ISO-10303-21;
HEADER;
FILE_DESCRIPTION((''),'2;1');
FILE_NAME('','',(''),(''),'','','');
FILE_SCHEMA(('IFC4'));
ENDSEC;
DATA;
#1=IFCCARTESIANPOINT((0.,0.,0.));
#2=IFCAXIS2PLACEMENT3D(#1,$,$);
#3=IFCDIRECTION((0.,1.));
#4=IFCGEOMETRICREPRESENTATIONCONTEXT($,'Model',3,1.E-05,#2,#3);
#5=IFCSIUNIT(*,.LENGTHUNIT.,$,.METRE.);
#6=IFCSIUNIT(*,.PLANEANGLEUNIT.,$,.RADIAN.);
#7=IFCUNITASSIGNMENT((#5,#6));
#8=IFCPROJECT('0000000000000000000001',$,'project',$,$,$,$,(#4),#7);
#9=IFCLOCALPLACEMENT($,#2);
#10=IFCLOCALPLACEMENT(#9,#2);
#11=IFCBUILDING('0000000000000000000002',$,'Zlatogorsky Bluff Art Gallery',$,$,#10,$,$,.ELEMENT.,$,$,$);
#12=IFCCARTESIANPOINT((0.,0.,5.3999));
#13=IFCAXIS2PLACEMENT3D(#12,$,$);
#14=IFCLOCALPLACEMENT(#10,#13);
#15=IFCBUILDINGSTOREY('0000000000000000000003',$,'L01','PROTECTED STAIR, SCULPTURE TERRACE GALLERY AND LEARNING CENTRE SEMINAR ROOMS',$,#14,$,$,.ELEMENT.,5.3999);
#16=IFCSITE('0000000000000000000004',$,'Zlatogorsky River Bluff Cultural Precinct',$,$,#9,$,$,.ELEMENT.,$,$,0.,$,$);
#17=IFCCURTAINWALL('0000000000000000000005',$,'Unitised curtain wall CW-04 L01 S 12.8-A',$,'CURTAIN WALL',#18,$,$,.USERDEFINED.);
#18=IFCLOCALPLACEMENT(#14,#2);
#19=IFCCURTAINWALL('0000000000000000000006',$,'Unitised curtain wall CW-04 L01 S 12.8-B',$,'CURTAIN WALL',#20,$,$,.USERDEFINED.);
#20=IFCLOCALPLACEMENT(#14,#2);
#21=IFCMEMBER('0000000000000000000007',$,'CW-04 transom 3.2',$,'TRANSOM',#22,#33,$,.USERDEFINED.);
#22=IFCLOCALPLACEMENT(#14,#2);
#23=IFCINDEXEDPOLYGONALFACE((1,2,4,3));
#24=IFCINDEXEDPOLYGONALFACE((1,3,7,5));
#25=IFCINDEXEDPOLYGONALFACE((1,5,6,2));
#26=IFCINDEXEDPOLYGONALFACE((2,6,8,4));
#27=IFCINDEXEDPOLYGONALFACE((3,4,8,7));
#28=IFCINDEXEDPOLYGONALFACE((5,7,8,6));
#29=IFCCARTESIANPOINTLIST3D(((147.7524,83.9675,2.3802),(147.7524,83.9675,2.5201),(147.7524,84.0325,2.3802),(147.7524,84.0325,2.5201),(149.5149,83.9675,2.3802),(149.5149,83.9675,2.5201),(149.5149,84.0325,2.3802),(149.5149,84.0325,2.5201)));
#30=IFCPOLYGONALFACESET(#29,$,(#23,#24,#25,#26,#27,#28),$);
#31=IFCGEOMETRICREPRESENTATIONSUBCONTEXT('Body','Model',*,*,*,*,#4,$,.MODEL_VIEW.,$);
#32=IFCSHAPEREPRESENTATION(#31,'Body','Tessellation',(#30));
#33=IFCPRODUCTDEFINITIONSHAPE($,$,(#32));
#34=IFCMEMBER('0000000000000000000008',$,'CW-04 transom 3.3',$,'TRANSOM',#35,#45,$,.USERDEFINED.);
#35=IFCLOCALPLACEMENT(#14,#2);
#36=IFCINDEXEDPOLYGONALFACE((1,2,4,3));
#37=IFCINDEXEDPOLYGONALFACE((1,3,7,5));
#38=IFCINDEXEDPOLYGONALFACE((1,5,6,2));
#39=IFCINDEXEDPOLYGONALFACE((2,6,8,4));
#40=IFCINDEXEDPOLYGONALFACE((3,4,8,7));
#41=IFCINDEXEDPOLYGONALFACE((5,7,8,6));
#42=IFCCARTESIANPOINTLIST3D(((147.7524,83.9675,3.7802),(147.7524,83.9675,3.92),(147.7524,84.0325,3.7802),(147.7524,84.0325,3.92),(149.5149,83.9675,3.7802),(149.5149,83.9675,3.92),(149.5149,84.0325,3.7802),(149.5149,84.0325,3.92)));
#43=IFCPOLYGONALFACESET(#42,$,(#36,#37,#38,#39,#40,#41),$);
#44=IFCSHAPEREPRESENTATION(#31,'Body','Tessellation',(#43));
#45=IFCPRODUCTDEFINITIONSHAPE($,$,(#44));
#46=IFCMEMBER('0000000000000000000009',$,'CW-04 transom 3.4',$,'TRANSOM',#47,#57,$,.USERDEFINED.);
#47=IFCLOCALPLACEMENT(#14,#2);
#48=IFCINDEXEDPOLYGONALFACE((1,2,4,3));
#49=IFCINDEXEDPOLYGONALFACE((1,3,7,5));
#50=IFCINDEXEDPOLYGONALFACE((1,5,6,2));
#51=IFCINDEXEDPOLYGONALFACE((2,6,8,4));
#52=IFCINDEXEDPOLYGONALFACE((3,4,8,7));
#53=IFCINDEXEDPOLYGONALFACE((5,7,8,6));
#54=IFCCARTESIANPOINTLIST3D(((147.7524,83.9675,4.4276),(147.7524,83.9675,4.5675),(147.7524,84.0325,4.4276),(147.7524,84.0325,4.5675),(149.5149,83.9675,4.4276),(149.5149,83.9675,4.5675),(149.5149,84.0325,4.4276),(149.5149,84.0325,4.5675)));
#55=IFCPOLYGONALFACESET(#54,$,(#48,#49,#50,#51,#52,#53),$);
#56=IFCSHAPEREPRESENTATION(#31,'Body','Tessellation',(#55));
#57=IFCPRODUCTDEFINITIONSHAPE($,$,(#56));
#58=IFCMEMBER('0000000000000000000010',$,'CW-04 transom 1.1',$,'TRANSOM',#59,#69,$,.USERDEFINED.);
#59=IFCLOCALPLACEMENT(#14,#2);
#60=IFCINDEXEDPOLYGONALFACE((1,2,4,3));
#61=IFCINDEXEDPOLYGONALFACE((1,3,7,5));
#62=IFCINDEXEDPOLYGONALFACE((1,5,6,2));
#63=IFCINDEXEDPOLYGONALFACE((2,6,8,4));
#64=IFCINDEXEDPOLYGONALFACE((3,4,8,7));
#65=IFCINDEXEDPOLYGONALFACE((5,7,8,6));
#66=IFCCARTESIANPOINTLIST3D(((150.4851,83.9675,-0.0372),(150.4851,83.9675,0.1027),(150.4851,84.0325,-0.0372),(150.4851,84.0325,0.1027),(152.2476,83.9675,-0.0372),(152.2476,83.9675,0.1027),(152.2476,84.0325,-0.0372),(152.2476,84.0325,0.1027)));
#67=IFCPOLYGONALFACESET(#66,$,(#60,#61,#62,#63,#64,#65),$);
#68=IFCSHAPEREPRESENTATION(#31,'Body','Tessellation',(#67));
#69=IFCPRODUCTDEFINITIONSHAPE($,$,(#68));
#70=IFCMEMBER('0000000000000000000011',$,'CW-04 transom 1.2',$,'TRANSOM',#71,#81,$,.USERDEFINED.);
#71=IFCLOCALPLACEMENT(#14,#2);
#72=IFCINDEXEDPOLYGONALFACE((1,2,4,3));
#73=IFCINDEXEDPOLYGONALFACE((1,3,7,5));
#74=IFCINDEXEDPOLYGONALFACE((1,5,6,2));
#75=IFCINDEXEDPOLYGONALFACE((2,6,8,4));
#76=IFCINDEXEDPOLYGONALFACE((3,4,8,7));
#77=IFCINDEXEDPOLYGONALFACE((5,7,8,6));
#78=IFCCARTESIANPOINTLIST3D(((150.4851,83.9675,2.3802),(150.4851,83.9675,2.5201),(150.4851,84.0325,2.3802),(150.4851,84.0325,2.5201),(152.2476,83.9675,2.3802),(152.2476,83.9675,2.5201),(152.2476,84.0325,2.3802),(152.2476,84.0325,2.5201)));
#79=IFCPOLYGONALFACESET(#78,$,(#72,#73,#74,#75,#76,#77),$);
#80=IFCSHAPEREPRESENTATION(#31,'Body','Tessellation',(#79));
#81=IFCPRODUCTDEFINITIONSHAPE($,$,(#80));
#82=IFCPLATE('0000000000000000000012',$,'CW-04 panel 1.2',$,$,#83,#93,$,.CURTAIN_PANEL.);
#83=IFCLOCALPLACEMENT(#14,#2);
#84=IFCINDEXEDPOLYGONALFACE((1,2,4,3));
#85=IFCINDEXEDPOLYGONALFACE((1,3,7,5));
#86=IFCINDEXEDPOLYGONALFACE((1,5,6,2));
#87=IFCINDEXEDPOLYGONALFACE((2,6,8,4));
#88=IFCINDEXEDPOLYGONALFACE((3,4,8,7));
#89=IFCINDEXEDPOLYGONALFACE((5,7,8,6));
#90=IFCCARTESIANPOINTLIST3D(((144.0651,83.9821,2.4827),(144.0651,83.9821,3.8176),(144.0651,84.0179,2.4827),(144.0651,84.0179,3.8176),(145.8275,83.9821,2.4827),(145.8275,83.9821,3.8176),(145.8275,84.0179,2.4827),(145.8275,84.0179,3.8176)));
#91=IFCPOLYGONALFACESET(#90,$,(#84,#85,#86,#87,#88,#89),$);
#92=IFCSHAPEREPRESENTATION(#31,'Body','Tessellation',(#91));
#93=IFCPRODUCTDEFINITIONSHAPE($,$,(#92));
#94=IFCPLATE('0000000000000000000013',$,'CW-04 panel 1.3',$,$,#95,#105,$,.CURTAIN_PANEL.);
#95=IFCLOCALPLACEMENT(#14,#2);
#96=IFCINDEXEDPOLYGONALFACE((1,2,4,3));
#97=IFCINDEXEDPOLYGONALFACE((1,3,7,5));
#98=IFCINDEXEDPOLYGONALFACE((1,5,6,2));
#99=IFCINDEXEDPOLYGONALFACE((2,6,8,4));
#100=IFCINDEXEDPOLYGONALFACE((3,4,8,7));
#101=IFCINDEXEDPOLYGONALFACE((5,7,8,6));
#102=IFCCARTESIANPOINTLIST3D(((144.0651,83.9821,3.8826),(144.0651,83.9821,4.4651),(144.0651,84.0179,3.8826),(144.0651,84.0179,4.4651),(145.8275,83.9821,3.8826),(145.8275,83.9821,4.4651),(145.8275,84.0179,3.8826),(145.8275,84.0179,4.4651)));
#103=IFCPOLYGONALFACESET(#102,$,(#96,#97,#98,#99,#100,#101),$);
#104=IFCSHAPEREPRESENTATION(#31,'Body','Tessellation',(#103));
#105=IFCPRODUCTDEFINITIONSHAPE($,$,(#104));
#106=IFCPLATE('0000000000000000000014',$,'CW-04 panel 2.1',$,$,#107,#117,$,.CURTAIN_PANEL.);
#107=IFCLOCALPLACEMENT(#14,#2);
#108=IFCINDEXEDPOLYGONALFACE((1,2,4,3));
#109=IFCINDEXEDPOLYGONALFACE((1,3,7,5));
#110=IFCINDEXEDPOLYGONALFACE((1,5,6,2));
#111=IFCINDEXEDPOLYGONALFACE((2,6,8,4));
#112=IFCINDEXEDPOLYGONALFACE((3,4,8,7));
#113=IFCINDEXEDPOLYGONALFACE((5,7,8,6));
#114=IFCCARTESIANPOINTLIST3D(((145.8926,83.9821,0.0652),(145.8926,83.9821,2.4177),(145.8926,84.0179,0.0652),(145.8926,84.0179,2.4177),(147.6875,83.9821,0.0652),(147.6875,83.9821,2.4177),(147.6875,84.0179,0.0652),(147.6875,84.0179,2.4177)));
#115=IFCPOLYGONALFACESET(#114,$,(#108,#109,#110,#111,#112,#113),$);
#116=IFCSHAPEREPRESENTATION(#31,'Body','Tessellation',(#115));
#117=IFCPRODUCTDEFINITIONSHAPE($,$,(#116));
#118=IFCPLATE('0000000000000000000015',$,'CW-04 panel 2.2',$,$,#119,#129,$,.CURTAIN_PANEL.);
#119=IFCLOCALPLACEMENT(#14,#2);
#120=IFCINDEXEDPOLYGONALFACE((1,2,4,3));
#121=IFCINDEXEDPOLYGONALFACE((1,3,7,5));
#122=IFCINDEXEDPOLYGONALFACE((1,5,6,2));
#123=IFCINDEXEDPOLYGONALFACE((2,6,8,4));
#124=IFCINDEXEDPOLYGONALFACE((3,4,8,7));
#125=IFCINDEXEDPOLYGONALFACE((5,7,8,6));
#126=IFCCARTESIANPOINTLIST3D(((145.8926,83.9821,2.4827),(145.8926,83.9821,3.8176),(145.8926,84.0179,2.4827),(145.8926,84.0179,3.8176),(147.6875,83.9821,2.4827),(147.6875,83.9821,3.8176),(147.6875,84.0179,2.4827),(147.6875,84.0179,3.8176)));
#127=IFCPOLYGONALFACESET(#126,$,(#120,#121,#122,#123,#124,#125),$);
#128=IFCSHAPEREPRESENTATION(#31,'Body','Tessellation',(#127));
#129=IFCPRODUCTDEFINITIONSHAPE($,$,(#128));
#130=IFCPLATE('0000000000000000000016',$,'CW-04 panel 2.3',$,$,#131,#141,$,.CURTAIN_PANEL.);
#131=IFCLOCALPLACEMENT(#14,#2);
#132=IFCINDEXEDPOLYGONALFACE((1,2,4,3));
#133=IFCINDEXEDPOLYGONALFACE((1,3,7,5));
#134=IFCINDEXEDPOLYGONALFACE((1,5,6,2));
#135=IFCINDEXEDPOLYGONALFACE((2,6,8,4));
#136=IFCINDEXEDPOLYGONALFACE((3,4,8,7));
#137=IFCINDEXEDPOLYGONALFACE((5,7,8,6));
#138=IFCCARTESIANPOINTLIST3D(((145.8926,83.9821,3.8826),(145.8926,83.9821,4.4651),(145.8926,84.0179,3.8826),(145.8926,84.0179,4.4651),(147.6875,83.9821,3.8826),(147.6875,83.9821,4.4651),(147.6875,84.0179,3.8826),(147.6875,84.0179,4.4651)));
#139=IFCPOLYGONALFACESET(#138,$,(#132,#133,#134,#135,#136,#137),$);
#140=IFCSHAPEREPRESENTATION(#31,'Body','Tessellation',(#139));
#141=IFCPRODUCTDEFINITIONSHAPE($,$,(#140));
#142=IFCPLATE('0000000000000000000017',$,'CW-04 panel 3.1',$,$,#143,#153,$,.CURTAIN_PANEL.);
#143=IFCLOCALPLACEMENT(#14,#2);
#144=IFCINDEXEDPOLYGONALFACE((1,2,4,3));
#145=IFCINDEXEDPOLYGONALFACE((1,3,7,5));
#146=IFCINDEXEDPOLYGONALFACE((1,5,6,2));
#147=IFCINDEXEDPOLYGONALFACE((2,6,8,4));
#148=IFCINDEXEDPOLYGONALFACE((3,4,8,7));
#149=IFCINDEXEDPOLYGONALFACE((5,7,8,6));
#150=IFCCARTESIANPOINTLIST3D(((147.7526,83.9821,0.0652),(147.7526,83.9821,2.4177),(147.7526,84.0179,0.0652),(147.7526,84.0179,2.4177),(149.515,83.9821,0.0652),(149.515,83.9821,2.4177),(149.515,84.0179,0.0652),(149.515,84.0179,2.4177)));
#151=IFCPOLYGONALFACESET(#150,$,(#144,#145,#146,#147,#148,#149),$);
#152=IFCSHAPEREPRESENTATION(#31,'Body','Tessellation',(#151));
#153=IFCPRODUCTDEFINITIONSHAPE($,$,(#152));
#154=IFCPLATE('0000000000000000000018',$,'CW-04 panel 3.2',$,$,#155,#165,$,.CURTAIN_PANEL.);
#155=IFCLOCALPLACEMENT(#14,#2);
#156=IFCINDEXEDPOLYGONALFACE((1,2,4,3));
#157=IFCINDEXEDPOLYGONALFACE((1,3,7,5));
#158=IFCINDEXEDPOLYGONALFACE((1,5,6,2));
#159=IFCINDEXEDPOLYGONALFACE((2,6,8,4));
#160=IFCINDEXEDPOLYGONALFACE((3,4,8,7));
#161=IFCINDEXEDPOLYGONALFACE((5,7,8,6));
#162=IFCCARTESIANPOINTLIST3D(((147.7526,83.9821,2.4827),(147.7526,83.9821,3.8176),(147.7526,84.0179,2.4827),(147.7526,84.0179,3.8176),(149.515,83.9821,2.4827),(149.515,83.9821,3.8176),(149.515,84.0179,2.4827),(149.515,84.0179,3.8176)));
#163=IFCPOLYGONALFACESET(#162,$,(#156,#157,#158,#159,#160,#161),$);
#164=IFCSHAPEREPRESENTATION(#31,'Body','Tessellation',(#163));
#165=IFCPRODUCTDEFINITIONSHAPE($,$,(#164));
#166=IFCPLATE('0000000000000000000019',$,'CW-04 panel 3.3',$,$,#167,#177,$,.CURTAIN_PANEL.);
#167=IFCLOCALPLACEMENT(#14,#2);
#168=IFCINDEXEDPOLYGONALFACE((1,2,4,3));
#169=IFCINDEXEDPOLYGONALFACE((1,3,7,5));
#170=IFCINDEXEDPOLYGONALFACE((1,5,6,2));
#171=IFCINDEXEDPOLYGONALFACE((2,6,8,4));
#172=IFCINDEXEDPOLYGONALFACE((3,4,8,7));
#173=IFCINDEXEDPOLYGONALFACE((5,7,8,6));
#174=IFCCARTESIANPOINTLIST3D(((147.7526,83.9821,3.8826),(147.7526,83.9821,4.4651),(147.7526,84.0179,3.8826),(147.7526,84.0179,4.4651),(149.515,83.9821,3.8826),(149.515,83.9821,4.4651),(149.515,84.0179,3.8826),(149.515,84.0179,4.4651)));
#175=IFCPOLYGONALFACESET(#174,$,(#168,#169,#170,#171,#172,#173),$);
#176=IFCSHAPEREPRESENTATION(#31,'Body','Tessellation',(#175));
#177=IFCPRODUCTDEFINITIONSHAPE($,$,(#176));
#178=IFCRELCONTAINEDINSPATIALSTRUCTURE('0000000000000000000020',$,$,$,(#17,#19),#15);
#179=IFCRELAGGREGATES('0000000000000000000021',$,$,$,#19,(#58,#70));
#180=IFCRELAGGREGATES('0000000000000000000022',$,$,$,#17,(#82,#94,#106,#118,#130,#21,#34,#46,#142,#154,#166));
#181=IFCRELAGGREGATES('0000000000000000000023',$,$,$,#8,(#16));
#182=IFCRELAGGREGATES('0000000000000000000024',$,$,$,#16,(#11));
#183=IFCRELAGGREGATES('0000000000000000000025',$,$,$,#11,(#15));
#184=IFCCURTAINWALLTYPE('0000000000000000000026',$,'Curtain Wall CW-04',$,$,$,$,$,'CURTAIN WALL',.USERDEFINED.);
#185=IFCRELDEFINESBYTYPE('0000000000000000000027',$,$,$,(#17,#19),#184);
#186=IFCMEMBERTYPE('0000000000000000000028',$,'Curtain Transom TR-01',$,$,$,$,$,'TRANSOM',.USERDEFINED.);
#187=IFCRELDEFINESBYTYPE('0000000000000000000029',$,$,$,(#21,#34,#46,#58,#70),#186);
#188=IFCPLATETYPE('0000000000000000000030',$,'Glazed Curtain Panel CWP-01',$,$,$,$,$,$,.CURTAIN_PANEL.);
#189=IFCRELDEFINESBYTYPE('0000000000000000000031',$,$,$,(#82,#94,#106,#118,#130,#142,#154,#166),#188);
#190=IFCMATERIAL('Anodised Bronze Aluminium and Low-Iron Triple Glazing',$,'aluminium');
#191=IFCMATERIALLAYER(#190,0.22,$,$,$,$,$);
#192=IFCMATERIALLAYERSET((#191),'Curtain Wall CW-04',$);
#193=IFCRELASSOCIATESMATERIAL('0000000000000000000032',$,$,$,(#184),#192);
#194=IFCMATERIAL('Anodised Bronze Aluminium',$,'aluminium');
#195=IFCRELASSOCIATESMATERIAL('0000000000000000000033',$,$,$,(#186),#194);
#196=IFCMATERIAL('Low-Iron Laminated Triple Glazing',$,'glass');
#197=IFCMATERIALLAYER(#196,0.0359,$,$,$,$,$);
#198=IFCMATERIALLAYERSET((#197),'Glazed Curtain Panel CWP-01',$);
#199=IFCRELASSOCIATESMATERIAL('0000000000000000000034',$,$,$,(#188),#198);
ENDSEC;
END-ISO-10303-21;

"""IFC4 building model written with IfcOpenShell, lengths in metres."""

from ifc_helpers import new_model, si_unit, direction, frame, origin, origin_2d, place, context, subcontext, project, spatial, rectangle, extrude, material, layer, layer_set, material_profile, profile_set, type_object, element, aggregate, save


model = new_model("IFC4")

# Units and contexts
model_context = context("Model", 3, precision=1e-05, world=origin(), true_north=direction((0.0, 1.0)))
body_context = subcontext(model_context, "Body", "Model", "MODEL_VIEW")
ifc_project = project(units=[si_unit("LENGTHUNIT", "METRE"), si_unit("PLANEANGLEUNIT", "RADIAN")], contexts=[model_context])

# Site, building, storey
site_placement = place(None, origin())
site = spatial("IfcSite", under=ifc_project, at=site_placement, Name="Zlatogorsky River Bluff Cultural Precinct", CompositionType="ELEMENT", RefElevation=0.0)
building_placement = place(site_placement, origin())
building = spatial("IfcBuilding", under=site, at=building_placement, Name="Zlatogorsky Bluff Art Gallery", CompositionType="ELEMENT")
storey_placement = place(building_placement, frame((0.0, 0.0, 5.3999)))
storey = spatial("IfcBuildingStorey", under=building, at=storey_placement, Name="L01", Description="PROTECTED STAIR, SCULPTURE TERRACE GALLERY AND LEARNING CENTRE SEMINAR ROOMS", CompositionType="ELEMENT", Elevation=5.3999)

# Curtain wall
ifc_material_1 = material(Name="Anodised Bronze Aluminium and Low-Iron Triple Glazing", Category="aluminium")
ifc_layer_1 = layer(ifc_material_1, 0.22)
ifc_layer_set_1 = layer_set([ifc_layer_1], Name="Curtain Wall CW-04")
curtain_wall_type = type_object("IfcCurtainWallType", Name="Curtain Wall CW-04", ElementType="CURTAIN WALL", PredefinedType="USERDEFINED", material=ifc_layer_set_1)
curtain_wall_1_placement = place(storey_placement, origin())
curtain_wall_1 = element("IfcCurtainWall", 1, at=curtain_wall_1_placement, inside=storey, type_object=curtain_wall_type, Name="Unitised curtain wall CW-04 L01 S 12.8-A", ObjectType="CURTAIN WALL", PredefinedType="USERDEFINED")
ifc_material_2 = material(Name="Anodised Bronze Aluminium", Category="aluminium")

# Curtain wall
curtain_wall_2_placement = place(storey_placement, origin())
curtain_wall_2 = element("IfcCurtainWall", 2, at=curtain_wall_2_placement, inside=storey, type_object=curtain_wall_type, Name="Unitised curtain wall CW-04 L01 S 12.8-B", ObjectType="CURTAIN WALL", PredefinedType="USERDEFINED")

# Members
ifc_material_profile_1 = material_profile(ifc_material_2, rectangle(XDim=0.0649, YDim=0.1399, at=origin_2d()), Name="ALU TRANSOM 65x140")
ifc_profile_set_1 = profile_set([ifc_material_profile_1], Name="Anodised Bronze Aluminium")
member_type_1 = type_object("IfcMemberType", Name="Curtain Transom TR-01", ElementType="TRANSOM", PredefinedType="USERDEFINED", material=ifc_profile_set_1)
member_1_placement = place(storey_placement, frame((147.7524, 84.0, 2.4502), z_axis=(1.0, 0.0, 0.0), x_axis=(0.0, 1.0, 0.0)))
member_1 = element("IfcMember", 3, at=member_1_placement, type_object=member_type_1, Name="CW-04 transom 3.2", ObjectType="TRANSOM", PredefinedType="USERDEFINED", context=body_context, shape_type="SweptSolid", body=[
    extrude(rectangle(XDim=0.0649, YDim=0.1399, at=origin_2d()), origin(), (0.0, 0.0, 1.0), 1.7625),
])
member_2_placement = place(storey_placement, frame((147.7524, 84.0, 3.8501), z_axis=(1.0, 0.0, 0.0), x_axis=(0.0, 1.0, 0.0)))
member_2 = element("IfcMember", 4, at=member_2_placement, type_object=member_type_1, Name="CW-04 transom 3.3", ObjectType="TRANSOM", PredefinedType="USERDEFINED", context=body_context, shape_type="SweptSolid", body=[
    extrude(rectangle(XDim=0.0649, YDim=0.1399, at=origin_2d()), origin(), (0.0, 0.0, 1.0), 1.7625),
])
member_3_placement = place(storey_placement, frame((147.7524, 84.0, 4.4976), z_axis=(1.0, 0.0, 0.0), x_axis=(0.0, 1.0, 0.0)))
member_3 = element("IfcMember", 5, at=member_3_placement, type_object=member_type_1, Name="CW-04 transom 3.4", ObjectType="TRANSOM", PredefinedType="USERDEFINED", context=body_context, shape_type="SweptSolid", body=[
    extrude(rectangle(XDim=0.0649, YDim=0.1399, at=origin_2d()), origin(), (0.0, 0.0, 1.0), 1.7625),
])
member_4_placement = place(storey_placement, frame((150.4851, 84.0, 0.0327), z_axis=(1.0, 0.0, 0.0), x_axis=(0.0, 1.0, 0.0)))
member_4 = element("IfcMember", 6, at=member_4_placement, type_object=member_type_1, Name="CW-04 transom 1.1", ObjectType="TRANSOM", PredefinedType="USERDEFINED", context=body_context, shape_type="SweptSolid", body=[
    extrude(rectangle(XDim=0.0649, YDim=0.1399, at=origin_2d()), origin(), (0.0, 0.0, 1.0), 1.7625),
])
member_5_placement = place(storey_placement, frame((150.4851, 84.0, 2.4502), z_axis=(1.0, 0.0, 0.0), x_axis=(0.0, 1.0, 0.0)))
member_5 = element("IfcMember", 7, at=member_5_placement, type_object=member_type_1, Name="CW-04 transom 1.2", ObjectType="TRANSOM", PredefinedType="USERDEFINED", context=body_context, shape_type="SweptSolid", body=[
    extrude(rectangle(XDim=0.0649, YDim=0.1399, at=origin_2d()), origin(), (0.0, 0.0, 1.0), 1.7625),
])
aggregate(curtain_wall_2, [member_4, member_5])

# Plates
ifc_material_3 = material(Name="Low-Iron Laminated Triple Glazing", Category="glass")
ifc_layer_2 = layer(ifc_material_3, 0.0359)
ifc_layer_set_2 = layer_set([ifc_layer_2], Name="Glazed Curtain Panel CWP-01")
plate_type = type_object("IfcPlateType", Name="Glazed Curtain Panel CWP-01", PredefinedType="CURTAIN_PANEL", material=ifc_layer_set_2)
plate_1_placement = place(storey_placement, frame((144.9463, 84.0, 2.4827), z_axis=(0.0, 0.0, 1.0), x_axis=(1.0, 0.0, 0.0)))
plate_1 = element("IfcPlate", 8, at=plate_1_placement, type_object=plate_type, Name="CW-04 panel 1.2", PredefinedType="CURTAIN_PANEL", context=body_context, shape_type="SweptSolid", body=[
    extrude(rectangle(XDim=1.7625, YDim=0.0359, at=origin_2d()), origin(), (0.0, 0.0, 1.0), 1.335),
])
plate_2_placement = place(storey_placement, frame((144.9463, 84.0, 3.8826), z_axis=(0.0, 0.0, 1.0), x_axis=(1.0, 0.0, 0.0)))
plate_2 = element("IfcPlate", 9, at=plate_2_placement, type_object=plate_type, Name="CW-04 panel 1.3", PredefinedType="CURTAIN_PANEL", context=body_context, shape_type="SweptSolid", body=[
    extrude(rectangle(XDim=1.7625, YDim=0.0359, at=origin_2d()), origin(), (0.0, 0.0, 1.0), 0.5825),
])
plate_3_placement = place(storey_placement, frame((146.79, 84.0, 0.0652), z_axis=(0.0, 0.0, 1.0), x_axis=(1.0, 0.0, 0.0)))
plate_3 = element("IfcPlate", 10, at=plate_3_placement, type_object=plate_type, Name="CW-04 panel 2.1", PredefinedType="CURTAIN_PANEL", context=body_context, shape_type="SweptSolid", body=[
    extrude(rectangle(XDim=1.7949, YDim=0.0359, at=origin_2d()), origin(), (0.0, 0.0, 1.0), 2.3525),
])
plate_4_placement = place(storey_placement, frame((146.79, 84.0, 2.4827), z_axis=(0.0, 0.0, 1.0), x_axis=(1.0, 0.0, 0.0)))
plate_4 = element("IfcPlate", 11, at=plate_4_placement, type_object=plate_type, Name="CW-04 panel 2.2", PredefinedType="CURTAIN_PANEL", context=body_context, shape_type="SweptSolid", body=[
    extrude(rectangle(XDim=1.7949, YDim=0.0359, at=origin_2d()), origin(), (0.0, 0.0, 1.0), 1.335),
])
plate_5_placement = place(storey_placement, frame((146.79, 84.0, 3.8826), z_axis=(0.0, 0.0, 1.0), x_axis=(1.0, 0.0, 0.0)))
plate_5 = element("IfcPlate", 12, at=plate_5_placement, type_object=plate_type, Name="CW-04 panel 2.3", PredefinedType="CURTAIN_PANEL", context=body_context, shape_type="SweptSolid", body=[
    extrude(rectangle(XDim=1.7949, YDim=0.0359, at=origin_2d()), origin(), (0.0, 0.0, 1.0), 0.5825),
])
plate_6_placement = place(storey_placement, frame((148.6338, 84.0, 0.0652), z_axis=(0.0, 0.0, 1.0), x_axis=(1.0, 0.0, 0.0)))
plate_6 = element("IfcPlate", 13, at=plate_6_placement, type_object=plate_type, Name="CW-04 panel 3.1", PredefinedType="CURTAIN_PANEL", context=body_context, shape_type="SweptSolid", body=[
    extrude(rectangle(XDim=1.7625, YDim=0.0359, at=origin_2d()), origin(), (0.0, 0.0, 1.0), 2.3525),
])
plate_7_placement = place(storey_placement, frame((148.6338, 84.0, 2.4827), z_axis=(0.0, 0.0, 1.0), x_axis=(1.0, 0.0, 0.0)))
plate_7 = element("IfcPlate", 14, at=plate_7_placement, type_object=plate_type, Name="CW-04 panel 3.2", PredefinedType="CURTAIN_PANEL", context=body_context, shape_type="SweptSolid", body=[
    extrude(rectangle(XDim=1.7625, YDim=0.0359, at=origin_2d()), origin(), (0.0, 0.0, 1.0), 1.335),
])
plate_8_placement = place(storey_placement, frame((148.6338, 84.0, 3.8826), z_axis=(0.0, 0.0, 1.0), x_axis=(1.0, 0.0, 0.0)))
plate_8 = element("IfcPlate", 15, at=plate_8_placement, type_object=plate_type, Name="CW-04 panel 3.3", PredefinedType="CURTAIN_PANEL", context=body_context, shape_type="SweptSolid", body=[
    extrude(rectangle(XDim=1.7625, YDim=0.0359, at=origin_2d()), origin(), (0.0, 0.0, 1.0), 0.5825),
])
aggregate(curtain_wall_1, [plate_1, plate_2, plate_3, plate_4, plate_5, member_1, member_2, member_3, plate_6, plate_7, plate_8])

save(model, "model.ifc")
